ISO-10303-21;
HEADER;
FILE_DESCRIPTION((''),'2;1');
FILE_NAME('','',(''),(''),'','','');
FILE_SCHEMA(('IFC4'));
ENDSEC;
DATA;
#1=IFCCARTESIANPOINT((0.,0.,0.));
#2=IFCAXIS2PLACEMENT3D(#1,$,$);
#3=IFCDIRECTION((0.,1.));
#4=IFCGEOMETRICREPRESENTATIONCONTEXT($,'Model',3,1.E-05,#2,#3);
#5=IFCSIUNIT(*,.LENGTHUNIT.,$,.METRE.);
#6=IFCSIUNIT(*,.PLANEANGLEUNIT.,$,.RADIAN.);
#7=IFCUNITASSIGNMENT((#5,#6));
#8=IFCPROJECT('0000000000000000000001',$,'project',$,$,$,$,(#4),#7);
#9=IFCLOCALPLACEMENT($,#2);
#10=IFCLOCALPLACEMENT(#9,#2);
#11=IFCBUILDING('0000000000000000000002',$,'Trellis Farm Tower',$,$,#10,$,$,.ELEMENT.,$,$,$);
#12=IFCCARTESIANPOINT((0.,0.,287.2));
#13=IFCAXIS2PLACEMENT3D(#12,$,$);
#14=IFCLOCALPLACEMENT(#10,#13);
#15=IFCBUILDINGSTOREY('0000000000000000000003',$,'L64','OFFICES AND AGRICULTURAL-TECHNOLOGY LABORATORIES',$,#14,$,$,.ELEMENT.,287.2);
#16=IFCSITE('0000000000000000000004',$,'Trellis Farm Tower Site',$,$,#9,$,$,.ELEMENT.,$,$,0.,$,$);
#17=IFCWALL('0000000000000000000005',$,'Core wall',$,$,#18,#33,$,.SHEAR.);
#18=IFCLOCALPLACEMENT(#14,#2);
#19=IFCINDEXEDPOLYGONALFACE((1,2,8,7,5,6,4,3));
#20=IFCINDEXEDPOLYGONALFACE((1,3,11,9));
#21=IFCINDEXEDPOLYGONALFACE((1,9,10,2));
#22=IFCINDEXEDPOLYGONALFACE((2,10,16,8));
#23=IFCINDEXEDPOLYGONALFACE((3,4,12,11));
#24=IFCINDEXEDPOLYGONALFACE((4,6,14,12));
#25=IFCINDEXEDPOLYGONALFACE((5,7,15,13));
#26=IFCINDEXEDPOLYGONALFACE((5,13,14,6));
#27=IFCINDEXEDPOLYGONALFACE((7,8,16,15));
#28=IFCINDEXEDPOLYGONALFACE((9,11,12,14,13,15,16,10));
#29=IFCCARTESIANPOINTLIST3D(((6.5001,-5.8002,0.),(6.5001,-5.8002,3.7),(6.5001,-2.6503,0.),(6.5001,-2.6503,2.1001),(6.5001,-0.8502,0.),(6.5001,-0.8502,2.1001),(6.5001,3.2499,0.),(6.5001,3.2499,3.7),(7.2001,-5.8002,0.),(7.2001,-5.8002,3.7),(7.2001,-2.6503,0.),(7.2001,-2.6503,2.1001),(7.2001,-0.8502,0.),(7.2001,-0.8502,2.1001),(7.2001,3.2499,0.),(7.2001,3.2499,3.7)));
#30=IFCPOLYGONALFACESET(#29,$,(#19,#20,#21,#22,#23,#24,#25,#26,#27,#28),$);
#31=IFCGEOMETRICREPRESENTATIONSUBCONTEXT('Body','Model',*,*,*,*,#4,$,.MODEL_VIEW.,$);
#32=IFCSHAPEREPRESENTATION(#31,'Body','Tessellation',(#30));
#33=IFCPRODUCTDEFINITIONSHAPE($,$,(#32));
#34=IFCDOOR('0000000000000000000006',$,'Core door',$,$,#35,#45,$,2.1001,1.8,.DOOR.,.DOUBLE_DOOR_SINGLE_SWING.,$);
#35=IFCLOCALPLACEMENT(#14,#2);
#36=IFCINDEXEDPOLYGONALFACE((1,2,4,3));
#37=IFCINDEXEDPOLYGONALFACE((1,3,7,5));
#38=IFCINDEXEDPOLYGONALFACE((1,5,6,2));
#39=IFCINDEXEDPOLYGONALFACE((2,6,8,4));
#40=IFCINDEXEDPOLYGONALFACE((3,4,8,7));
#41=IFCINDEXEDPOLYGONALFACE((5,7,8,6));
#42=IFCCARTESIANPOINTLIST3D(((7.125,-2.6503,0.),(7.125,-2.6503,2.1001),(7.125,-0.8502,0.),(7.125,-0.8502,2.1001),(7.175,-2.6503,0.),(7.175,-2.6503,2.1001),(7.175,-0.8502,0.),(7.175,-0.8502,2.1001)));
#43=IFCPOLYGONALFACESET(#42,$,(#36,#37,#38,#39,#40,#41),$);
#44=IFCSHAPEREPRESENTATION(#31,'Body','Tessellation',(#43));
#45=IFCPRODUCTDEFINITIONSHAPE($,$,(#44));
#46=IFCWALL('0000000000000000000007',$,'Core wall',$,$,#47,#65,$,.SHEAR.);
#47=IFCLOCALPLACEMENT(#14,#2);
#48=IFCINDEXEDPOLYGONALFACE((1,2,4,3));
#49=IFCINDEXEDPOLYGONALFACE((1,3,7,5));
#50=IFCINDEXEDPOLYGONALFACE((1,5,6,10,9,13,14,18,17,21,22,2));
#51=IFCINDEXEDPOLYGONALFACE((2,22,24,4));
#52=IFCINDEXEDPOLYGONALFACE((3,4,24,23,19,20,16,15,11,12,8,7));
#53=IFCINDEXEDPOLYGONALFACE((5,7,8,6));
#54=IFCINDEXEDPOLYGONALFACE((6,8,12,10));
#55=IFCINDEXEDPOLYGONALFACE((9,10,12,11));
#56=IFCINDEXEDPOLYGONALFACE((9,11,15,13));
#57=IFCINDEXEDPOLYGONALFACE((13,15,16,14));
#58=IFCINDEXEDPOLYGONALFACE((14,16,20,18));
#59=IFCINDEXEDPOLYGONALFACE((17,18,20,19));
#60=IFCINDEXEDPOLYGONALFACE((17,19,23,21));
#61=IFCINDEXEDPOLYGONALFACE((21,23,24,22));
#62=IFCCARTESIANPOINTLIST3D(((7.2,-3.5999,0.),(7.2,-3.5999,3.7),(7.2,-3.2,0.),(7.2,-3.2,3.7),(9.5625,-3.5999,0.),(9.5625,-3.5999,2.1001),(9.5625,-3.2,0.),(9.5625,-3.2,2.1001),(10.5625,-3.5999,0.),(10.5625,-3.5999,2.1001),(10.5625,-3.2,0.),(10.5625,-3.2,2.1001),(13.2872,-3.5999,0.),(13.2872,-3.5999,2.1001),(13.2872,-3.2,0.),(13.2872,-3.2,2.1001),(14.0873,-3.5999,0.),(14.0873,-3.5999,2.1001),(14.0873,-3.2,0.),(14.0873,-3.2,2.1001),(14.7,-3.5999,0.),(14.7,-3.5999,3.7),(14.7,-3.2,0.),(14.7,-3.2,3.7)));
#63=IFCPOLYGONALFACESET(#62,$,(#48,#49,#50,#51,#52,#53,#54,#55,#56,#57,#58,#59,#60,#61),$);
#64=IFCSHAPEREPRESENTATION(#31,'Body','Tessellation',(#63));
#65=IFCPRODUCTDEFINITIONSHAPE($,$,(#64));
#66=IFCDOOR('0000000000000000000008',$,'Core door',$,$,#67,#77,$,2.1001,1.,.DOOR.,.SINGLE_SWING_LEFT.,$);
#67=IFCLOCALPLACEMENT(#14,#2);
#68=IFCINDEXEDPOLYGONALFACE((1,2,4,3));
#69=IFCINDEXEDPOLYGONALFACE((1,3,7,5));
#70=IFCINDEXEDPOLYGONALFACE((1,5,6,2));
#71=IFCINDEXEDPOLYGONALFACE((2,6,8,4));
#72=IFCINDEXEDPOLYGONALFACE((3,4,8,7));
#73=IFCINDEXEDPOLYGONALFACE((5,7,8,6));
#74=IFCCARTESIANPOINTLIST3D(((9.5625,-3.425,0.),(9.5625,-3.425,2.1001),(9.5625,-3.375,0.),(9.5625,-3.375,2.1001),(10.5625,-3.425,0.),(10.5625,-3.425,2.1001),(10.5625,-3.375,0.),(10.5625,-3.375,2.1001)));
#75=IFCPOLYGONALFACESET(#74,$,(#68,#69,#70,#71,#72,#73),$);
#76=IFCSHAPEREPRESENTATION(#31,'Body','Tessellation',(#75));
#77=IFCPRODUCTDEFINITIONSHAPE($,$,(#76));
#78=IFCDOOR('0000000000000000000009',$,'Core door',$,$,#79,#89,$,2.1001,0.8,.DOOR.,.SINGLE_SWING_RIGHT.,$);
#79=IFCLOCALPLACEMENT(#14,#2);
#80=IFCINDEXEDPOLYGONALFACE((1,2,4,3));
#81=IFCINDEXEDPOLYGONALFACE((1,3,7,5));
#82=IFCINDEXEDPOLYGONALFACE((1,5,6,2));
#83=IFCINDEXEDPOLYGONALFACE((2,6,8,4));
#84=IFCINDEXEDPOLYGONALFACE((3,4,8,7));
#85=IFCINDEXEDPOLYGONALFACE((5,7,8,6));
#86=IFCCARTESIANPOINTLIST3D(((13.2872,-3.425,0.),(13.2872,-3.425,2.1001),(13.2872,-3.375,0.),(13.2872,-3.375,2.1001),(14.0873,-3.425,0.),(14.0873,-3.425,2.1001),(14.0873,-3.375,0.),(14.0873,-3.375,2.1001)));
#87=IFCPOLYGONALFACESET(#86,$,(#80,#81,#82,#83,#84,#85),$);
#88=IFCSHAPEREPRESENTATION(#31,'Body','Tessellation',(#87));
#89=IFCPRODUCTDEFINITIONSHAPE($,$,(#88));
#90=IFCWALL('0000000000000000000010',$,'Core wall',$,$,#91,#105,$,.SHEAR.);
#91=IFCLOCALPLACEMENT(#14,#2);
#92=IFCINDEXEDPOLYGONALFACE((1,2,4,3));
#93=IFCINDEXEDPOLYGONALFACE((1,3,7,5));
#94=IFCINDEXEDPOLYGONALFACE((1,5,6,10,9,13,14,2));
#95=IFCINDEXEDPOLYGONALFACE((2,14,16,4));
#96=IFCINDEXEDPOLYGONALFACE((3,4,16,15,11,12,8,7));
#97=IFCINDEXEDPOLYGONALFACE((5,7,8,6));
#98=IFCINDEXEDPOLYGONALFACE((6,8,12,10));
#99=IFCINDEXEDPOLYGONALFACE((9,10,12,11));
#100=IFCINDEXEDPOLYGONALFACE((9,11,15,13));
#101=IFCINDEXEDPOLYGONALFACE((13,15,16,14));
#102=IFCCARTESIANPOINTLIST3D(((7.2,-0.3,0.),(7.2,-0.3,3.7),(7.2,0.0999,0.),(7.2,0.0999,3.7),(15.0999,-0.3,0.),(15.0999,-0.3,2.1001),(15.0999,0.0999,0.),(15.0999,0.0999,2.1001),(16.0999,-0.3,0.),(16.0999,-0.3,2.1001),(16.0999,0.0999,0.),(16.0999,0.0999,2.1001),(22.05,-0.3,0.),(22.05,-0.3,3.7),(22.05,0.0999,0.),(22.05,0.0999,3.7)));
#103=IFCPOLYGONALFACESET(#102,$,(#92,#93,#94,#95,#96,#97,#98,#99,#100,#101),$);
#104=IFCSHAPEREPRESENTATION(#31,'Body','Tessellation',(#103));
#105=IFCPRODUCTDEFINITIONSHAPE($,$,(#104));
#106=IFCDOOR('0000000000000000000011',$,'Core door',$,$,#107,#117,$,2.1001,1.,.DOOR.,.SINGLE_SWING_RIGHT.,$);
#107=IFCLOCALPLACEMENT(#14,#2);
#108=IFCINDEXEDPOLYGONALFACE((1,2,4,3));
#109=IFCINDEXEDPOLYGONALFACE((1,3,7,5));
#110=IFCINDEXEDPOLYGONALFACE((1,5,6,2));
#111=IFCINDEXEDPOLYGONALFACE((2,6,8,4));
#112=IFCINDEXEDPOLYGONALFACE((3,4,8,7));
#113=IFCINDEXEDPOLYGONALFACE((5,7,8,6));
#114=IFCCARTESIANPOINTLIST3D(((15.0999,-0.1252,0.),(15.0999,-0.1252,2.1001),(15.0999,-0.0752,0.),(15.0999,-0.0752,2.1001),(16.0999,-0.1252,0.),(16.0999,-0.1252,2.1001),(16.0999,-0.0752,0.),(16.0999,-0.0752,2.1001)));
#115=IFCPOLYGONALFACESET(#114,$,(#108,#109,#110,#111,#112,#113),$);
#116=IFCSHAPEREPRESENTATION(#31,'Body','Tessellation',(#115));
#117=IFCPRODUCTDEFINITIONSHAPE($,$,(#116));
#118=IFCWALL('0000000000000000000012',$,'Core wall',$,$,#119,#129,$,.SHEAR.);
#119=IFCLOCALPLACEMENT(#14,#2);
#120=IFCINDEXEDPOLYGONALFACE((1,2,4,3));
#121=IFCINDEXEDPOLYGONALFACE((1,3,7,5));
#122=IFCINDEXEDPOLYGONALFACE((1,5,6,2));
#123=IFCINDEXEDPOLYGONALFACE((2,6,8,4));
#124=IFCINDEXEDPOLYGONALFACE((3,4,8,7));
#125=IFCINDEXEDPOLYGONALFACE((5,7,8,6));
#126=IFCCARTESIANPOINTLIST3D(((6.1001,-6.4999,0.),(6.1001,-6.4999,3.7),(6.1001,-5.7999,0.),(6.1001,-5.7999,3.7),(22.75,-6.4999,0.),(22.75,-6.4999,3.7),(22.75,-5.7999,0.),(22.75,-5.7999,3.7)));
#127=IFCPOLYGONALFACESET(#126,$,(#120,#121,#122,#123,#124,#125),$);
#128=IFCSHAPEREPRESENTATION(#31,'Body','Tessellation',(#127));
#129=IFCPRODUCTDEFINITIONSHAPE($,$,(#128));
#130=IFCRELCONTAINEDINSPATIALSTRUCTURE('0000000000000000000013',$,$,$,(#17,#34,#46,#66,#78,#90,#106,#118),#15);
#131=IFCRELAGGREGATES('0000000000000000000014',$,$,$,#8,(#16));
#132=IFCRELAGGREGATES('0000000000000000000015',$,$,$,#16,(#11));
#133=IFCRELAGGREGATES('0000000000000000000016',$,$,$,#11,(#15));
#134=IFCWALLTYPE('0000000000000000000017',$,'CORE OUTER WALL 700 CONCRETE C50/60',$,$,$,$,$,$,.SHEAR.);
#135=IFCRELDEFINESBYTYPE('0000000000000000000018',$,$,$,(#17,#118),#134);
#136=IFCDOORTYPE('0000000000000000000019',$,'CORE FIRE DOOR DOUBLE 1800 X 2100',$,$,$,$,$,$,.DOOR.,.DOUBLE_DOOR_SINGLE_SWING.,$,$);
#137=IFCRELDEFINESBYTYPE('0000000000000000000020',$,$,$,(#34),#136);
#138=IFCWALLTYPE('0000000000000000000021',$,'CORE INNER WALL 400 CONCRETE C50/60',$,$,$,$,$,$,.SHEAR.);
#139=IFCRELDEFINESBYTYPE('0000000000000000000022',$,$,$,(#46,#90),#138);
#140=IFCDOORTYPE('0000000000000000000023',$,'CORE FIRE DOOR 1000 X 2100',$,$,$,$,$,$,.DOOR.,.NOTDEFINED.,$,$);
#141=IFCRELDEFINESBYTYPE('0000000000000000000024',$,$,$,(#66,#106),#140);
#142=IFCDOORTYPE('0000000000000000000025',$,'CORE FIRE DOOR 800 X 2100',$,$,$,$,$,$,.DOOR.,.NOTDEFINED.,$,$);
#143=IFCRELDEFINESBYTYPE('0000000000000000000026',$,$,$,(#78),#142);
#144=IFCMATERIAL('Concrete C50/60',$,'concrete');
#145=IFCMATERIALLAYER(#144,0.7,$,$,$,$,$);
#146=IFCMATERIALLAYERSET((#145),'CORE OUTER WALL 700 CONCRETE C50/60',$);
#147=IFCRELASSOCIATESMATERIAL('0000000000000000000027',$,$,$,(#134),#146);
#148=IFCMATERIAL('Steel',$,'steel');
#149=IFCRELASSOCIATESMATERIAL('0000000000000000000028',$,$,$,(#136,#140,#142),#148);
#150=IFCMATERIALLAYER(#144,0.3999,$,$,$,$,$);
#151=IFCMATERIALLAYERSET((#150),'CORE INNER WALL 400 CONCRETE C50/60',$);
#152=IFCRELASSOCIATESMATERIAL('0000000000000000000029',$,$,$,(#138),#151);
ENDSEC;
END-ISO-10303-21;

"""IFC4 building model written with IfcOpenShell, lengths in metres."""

from ifc_helpers import new_model, si_unit, direction, frame, frame_2d, origin, place, context, subcontext, project, spatial, rectangle, extrude, source, transform, mapped, material, layer, layer_set, type_object, element, fill, save


model = new_model("IFC4")

# Units and contexts
model_context = context("Model", 3, precision=1e-05, world=origin(), true_north=direction((0.0, 1.0)))
body_context = subcontext(model_context, "Body", "Model", "MODEL_VIEW")
ifc_project = project(units=[si_unit("LENGTHUNIT", "METRE"), si_unit("PLANEANGLEUNIT", "RADIAN")], contexts=[model_context])

# Site, building, storey
site_placement = place(None, origin())
site = spatial("IfcSite", under=ifc_project, at=site_placement, Name="Trellis Farm Tower Site", CompositionType="ELEMENT", RefElevation=0.0)
building_placement = place(site_placement, origin())
building = spatial("IfcBuilding", under=site, at=building_placement, Name="Trellis Farm Tower", CompositionType="ELEMENT")
storey_placement = place(building_placement, frame((0.0, 0.0, 287.2)))
storey = spatial("IfcBuildingStorey", under=building, at=storey_placement, Name="L64", Description="OFFICES AND AGRICULTURAL-TECHNOLOGY LABORATORIES", CompositionType="ELEMENT", Elevation=287.2)

# Wall, opening, door
ifc_material_1 = material(Name="Concrete C50/60", Category="concrete")
ifc_layer_1 = layer(ifc_material_1, 0.7)
ifc_layer_set_1 = layer_set([ifc_layer_1], Name="CORE OUTER WALL 700 CONCRETE C50/60")
wall_type_1 = type_object("IfcWallType", Name="CORE OUTER WALL 700 CONCRETE C50/60", PredefinedType="SHEAR", material=ifc_layer_set_1)
shared_shape_1 = source(origin(), body_context, "Body", "SweptSolid", [
    extrude(rectangle(XDim=9.05, YDim=0.7, at=frame_2d((4.5249, 0.0))), origin(), (0.0, 0.0, 1.0), 3.7),
])
wall_1_placement = place(storey_placement, frame((6.8501, -5.8, 0.0), z_axis=(0.0, 0.0, 1.0), x_axis=(0.0, 1.0, 0.0)))
wall_1 = element("IfcWall", 1, at=wall_1_placement, inside=storey, type_object=wall_type_1, Name="Core wall", PredefinedType="SHEAR", context=body_context, shape_type="MappedRepresentation", body=[
    mapped(shared_shape_1, transform((0.0, 0.0, 0.0))),
])
shared_shape_2 = source(origin(), body_context, "Body", "SweptSolid", [
    extrude(rectangle(XDim=1.8, YDim=2.1001, at=frame_2d((0.8999, 1.05))), frame((0.0, 0.3601, 0.0), z_axis=(0.0, -1.0, 0.0), x_axis=(1.0, 0.0, 0.0)), (0.0, 0.0, 1.0), 0.7202),
])
opening_1_placement = place(wall_1_placement, frame((3.1499, 0.0, 0.0)))
opening_1 = element("IfcOpeningElement", 2, at=opening_1_placement, cuts=wall_1, PredefinedType="OPENING", context=body_context, shape_type="MappedRepresentation", body=[
    mapped(shared_shape_2, transform((0.0, 0.0, 0.0))),
])
ifc_material_2 = material(Name="Steel", Category="steel")
door_type_1 = type_object("IfcDoorType", Name="CORE FIRE DOOR DOUBLE 1800 X 2100", OperationType="DOUBLE_DOOR_SINGLE_SWING", PredefinedType="DOOR", material=ifc_material_2)
shared_shape_3 = source(origin(), body_context, "Body", "SweptSolid", [
    extrude(rectangle(XDim=1.8, YDim=2.1001, at=frame_2d((0.8999, 1.05))), frame((0.0, -0.2749, 0.0), z_axis=(0.0, -1.0, 0.0), x_axis=(1.0, 0.0, 0.0)), (0.0, 0.0, 1.0), 0.05),
])
door_1_placement = place(opening_1_placement, origin())
door_1 = element("IfcDoor", 3, at=door_1_placement, inside=storey, type_object=door_type_1, Name="Core door", OperationType="DOUBLE_DOOR_SINGLE_SWING", OverallHeight=2.1001, OverallWidth=1.8, PredefinedType="DOOR", context=body_context, shape_type="MappedRepresentation", body=[
    mapped(shared_shape_3, transform((0.0, 0.0, 0.0))),
])
fill(opening_1, door_1)

# Wall, openings, doors
ifc_layer_2 = layer(ifc_material_1, 0.3999)
ifc_layer_set_2 = layer_set([ifc_layer_2], Name="CORE INNER WALL 400 CONCRETE C50/60")
wall_type_2 = type_object("IfcWallType", Name="CORE INNER WALL 400 CONCRETE C50/60", PredefinedType="SHEAR", material=ifc_layer_set_2)
shared_shape_4 = source(origin(), body_context, "Body", "SweptSolid", [
    extrude(rectangle(XDim=7.5, YDim=0.3999, at=frame_2d((3.75, 0.0))), origin(), (0.0, 0.0, 1.0), 3.7),
])
wall_2_placement = place(storey_placement, frame((7.2, -3.3999, 0.0), z_axis=(0.0, 0.0, 1.0), x_axis=(1.0, 0.0, 0.0)))
wall_2 = element("IfcWall", 4, at=wall_2_placement, inside=storey, type_object=wall_type_2, Name="Core wall", PredefinedType="SHEAR", context=body_context, shape_type="MappedRepresentation", body=[
    mapped(shared_shape_4, transform((0.0, 0.0, 0.0))),
])
shared_shape_5 = source(origin(), body_context, "Body", "SweptSolid", [
    extrude(rectangle(XDim=1.0, YDim=2.1001, at=frame_2d((0.5, 1.05))), frame((0.0, 0.21, 0.0), z_axis=(0.0, -1.0, 0.0), x_axis=(1.0, 0.0, 0.0)), (0.0, 0.0, 1.0), 0.4199),
])
opening_2_placement = place(wall_2_placement, frame((2.3625, 0.0, 0.0)))
opening_2 = element("IfcOpeningElement", 5, at=opening_2_placement, cuts=wall_2, PredefinedType="OPENING", context=body_context, shape_type="MappedRepresentation", body=[
    mapped(shared_shape_5, transform((0.0, 0.0, 0.0))),
])
shared_shape_6 = source(origin(), body_context, "Body", "SweptSolid", [
    extrude(rectangle(XDim=0.8, YDim=2.1001, at=frame_2d((0.3999, 1.05))), frame((0.0, 0.21, 0.0), z_axis=(0.0, -1.0, 0.0), x_axis=(1.0, 0.0, 0.0)), (0.0, 0.0, 1.0), 0.4199),
])
opening_3_placement = place(wall_2_placement, frame((6.0874, 0.0, 0.0)))
opening_3 = element("IfcOpeningElement", 6, at=opening_3_placement, cuts=wall_2, PredefinedType="OPENING", context=body_context, shape_type="MappedRepresentation", body=[
    mapped(shared_shape_6, transform((0.0, 0.0, 0.0))),
])
door_type_2 = type_object("IfcDoorType", Name="CORE FIRE DOOR 1000 X 2100", OperationType="NOTDEFINED", PredefinedType="DOOR", material=ifc_material_2)
shared_shape_7 = source(origin(), body_context, "Body", "SweptSolid", [
    extrude(rectangle(XDim=1.0, YDim=2.1001, at=frame_2d((0.5, 1.05))), frame((0.0, 0.0249, 0.0), z_axis=(0.0, -1.0, 0.0), x_axis=(1.0, 0.0, 0.0)), (0.0, 0.0, 1.0), 0.05),
])
door_2_placement = place(opening_2_placement, origin())
door_2 = element("IfcDoor", 7, at=door_2_placement, inside=storey, type_object=door_type_2, Name="Core door", OperationType="SINGLE_SWING_LEFT", OverallHeight=2.1001, OverallWidth=1.0, PredefinedType="DOOR", context=body_context, shape_type="MappedRepresentation", body=[
    mapped(shared_shape_7, transform((0.0, 0.0, 0.0))),
])
fill(opening_2, door_2)
door_type_3 = type_object("IfcDoorType", Name="CORE FIRE DOOR 800 X 2100", OperationType="NOTDEFINED", PredefinedType="DOOR", material=ifc_material_2)
shared_shape_8 = source(origin(), body_context, "Body", "SweptSolid", [
    extrude(rectangle(XDim=0.8, YDim=2.1001, at=frame_2d((0.3999, 1.05))), frame((0.0, 0.0249, 0.0), z_axis=(0.0, -1.0, 0.0), x_axis=(1.0, 0.0, 0.0)), (0.0, 0.0, 1.0), 0.05),
])
door_3_placement = place(opening_3_placement, origin())
door_3 = element("IfcDoor", 8, at=door_3_placement, inside=storey, type_object=door_type_3, Name="Core door", OperationType="SINGLE_SWING_RIGHT", OverallHeight=2.1001, OverallWidth=0.8, PredefinedType="DOOR", context=body_context, shape_type="MappedRepresentation", body=[
    mapped(shared_shape_8, transform((0.0, 0.0, 0.0))),
])
fill(opening_3, door_3)

# Wall, opening, door
shared_shape_9 = source(origin(), body_context, "Body", "SweptSolid", [
    extrude(rectangle(XDim=14.8501, YDim=0.3999, at=frame_2d((7.425, 0.0))), origin(), (0.0, 0.0, 1.0), 3.7),
])
wall_3_placement = place(storey_placement, frame((7.2, -0.1001, 0.0), z_axis=(0.0, 0.0, 1.0), x_axis=(1.0, 0.0, 0.0)))
wall_3 = element("IfcWall", 9, at=wall_3_placement, inside=storey, type_object=wall_type_2, Name="Core wall", PredefinedType="SHEAR", context=body_context, shape_type="MappedRepresentation", body=[
    mapped(shared_shape_9, transform((0.0, 0.0, 0.0))),
])
opening_4_placement = place(wall_3_placement, frame((7.8999, 0.0, 0.0)))
opening_4 = element("IfcOpeningElement", 10, at=opening_4_placement, cuts=wall_3, PredefinedType="OPENING", context=body_context, shape_type="MappedRepresentation", body=[
    mapped(shared_shape_5, transform((0.0, 0.0, 0.0))),
])
door_4_placement = place(opening_4_placement, origin())
door_4 = element("IfcDoor", 11, at=door_4_placement, inside=storey, type_object=door_type_2, Name="Core door", OperationType="SINGLE_SWING_RIGHT", OverallHeight=2.1001, OverallWidth=1.0, PredefinedType="DOOR", context=body_context, shape_type="MappedRepresentation", body=[
    mapped(shared_shape_7, transform((0.0, 0.0, 0.0))),
])
fill(opening_4, door_4)

# Wall
shared_shape_10 = source(origin(), body_context, "Body", "SweptSolid", [
    extrude(rectangle(XDim=16.6499, YDim=0.7, at=frame_2d((8.325, 0.0))), origin(), (0.0, 0.0, 1.0), 3.7),
])
wall_4_placement = place(storey_placement, frame((6.1001, -6.1499, 0.0), z_axis=(0.0, 0.0, 1.0), x_axis=(1.0, 0.0, 0.0)))
element("IfcWall", 12, at=wall_4_placement, inside=storey, type_object=wall_type_1, Name="Core wall", PredefinedType="SHEAR", context=body_context, shape_type="MappedRepresentation", body=[
    mapped(shared_shape_10, transform((0.0, 0.0, 0.0))),
])

save(model, "model.ifc")
